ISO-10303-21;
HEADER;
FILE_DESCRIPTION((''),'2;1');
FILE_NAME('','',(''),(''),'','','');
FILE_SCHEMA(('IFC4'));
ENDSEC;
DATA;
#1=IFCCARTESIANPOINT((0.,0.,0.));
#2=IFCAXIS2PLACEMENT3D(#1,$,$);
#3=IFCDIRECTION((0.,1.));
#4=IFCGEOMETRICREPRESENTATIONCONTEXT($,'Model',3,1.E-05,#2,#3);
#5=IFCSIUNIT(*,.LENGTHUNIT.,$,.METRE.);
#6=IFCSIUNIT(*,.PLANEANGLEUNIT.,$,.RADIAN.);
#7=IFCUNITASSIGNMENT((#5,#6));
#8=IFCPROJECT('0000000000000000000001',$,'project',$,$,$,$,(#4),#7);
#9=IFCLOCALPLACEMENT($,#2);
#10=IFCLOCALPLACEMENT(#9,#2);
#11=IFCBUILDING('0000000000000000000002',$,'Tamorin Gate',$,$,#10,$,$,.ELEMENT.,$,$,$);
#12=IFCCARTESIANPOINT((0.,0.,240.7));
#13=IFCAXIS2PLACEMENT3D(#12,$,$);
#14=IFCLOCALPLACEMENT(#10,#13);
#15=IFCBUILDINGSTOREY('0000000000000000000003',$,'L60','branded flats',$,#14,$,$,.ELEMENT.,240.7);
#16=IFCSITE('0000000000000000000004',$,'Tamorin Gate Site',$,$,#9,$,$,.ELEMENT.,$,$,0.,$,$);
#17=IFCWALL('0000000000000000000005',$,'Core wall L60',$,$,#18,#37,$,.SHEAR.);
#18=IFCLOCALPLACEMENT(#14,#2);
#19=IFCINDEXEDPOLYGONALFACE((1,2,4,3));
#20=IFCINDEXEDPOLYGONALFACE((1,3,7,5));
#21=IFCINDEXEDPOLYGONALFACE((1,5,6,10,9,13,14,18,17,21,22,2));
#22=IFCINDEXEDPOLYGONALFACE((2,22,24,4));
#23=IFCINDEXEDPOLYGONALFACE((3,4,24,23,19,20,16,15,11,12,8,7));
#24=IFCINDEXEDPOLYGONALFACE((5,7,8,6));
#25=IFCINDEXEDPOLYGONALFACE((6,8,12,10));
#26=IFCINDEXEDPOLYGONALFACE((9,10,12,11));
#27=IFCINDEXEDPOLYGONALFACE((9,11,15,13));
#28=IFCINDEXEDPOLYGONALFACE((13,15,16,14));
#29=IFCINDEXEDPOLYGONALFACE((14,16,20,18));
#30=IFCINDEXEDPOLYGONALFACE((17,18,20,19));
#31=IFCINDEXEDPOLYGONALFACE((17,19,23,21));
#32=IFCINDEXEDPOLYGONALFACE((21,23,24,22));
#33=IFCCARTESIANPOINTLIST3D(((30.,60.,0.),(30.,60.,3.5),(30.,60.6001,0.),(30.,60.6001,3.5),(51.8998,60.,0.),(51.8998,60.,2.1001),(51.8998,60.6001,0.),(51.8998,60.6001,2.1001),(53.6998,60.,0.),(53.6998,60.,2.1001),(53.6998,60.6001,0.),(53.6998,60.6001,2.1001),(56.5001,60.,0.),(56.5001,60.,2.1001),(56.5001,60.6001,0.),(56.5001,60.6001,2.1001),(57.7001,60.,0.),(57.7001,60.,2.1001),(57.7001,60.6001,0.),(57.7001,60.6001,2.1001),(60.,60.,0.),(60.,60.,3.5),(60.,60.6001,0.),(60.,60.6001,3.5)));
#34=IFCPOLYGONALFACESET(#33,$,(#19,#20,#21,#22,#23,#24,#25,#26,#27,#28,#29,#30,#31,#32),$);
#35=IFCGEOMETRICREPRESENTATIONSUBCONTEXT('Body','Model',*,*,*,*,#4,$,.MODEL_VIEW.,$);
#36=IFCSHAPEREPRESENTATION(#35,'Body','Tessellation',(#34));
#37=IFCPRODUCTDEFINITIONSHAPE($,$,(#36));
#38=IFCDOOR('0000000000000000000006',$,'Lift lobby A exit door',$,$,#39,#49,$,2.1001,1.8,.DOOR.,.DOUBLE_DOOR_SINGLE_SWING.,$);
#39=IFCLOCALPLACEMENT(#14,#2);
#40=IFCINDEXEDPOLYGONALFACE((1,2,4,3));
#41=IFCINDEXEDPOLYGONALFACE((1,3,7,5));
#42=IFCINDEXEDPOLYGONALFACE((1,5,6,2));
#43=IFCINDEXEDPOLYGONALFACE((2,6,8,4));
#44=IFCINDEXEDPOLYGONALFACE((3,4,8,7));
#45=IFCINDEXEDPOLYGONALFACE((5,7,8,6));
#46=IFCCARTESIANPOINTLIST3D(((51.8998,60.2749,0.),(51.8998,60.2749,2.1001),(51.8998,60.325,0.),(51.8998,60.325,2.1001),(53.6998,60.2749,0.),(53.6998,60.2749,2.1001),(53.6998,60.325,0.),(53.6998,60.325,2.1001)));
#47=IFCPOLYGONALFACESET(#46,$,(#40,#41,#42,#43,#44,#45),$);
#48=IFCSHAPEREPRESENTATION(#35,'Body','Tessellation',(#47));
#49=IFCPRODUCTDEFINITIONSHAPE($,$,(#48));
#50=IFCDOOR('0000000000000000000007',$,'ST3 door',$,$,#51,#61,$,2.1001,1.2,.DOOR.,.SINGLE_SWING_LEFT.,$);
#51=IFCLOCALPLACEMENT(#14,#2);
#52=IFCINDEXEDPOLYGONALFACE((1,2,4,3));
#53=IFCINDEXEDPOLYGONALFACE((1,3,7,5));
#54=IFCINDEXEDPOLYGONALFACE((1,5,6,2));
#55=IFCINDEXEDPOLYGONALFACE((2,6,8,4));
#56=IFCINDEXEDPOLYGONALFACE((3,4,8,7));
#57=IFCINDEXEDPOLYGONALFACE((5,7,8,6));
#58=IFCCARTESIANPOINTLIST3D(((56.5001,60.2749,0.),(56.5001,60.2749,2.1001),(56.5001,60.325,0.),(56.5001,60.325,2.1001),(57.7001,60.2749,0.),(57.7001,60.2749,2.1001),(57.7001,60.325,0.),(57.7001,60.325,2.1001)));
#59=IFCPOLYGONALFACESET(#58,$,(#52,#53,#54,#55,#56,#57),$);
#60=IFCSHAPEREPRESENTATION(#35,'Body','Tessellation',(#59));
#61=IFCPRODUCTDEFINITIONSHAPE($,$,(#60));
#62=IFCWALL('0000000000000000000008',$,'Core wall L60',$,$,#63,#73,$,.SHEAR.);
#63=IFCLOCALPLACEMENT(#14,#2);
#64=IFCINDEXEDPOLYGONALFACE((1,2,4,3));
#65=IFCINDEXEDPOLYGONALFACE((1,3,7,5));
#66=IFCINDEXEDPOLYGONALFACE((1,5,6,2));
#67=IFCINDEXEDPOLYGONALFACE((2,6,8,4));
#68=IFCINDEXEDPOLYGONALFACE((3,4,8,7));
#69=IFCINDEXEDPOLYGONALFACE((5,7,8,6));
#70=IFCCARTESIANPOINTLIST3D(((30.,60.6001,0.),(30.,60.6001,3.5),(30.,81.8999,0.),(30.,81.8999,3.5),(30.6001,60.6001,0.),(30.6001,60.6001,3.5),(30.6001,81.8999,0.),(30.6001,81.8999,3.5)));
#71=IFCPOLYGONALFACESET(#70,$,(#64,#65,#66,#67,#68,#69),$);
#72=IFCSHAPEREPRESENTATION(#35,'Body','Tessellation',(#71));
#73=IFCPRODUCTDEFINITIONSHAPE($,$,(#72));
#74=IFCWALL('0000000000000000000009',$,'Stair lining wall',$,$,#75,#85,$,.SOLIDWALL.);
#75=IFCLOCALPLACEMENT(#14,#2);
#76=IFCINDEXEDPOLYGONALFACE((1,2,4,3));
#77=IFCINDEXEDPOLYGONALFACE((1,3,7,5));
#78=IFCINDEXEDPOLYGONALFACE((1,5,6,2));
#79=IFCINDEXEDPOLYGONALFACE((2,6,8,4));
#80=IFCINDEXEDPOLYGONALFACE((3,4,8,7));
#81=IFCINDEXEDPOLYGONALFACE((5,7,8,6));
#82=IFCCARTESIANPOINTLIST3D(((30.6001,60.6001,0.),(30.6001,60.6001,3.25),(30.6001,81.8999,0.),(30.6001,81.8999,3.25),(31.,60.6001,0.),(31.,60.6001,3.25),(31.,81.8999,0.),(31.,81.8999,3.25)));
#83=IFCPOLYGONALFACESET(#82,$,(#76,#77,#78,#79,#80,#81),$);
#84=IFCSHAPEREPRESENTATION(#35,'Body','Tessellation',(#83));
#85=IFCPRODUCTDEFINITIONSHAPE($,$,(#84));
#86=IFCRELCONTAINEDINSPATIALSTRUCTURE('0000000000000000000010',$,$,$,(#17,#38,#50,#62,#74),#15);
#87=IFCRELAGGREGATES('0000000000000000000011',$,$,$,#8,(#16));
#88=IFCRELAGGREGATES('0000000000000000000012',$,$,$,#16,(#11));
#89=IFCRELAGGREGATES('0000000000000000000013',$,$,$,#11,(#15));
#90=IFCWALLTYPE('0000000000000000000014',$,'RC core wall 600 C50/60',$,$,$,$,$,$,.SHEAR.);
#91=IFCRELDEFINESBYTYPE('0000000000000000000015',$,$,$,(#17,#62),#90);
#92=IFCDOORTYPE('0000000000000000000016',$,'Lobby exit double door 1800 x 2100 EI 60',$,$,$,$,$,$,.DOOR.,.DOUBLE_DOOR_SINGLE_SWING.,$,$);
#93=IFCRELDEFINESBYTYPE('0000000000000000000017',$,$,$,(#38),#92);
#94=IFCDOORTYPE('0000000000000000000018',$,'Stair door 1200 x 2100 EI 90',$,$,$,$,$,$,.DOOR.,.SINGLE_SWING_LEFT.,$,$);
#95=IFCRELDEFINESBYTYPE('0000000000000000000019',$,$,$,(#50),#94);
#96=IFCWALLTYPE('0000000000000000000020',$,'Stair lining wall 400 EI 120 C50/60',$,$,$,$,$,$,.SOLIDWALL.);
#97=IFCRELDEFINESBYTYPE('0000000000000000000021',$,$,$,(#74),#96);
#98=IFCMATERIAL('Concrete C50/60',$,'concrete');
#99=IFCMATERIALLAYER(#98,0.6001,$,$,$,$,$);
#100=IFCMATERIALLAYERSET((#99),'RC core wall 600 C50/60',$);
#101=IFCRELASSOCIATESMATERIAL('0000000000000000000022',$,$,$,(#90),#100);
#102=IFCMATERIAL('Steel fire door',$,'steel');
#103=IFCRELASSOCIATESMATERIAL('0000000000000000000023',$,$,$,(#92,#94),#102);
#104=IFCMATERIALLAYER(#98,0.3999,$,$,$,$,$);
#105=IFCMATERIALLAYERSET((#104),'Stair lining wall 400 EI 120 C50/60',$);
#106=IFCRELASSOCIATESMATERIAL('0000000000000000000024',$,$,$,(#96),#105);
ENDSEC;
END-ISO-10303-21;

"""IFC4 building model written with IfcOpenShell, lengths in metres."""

from ifc_helpers import new_model, si_unit, direction, frame, frame_2d, origin, place, context, subcontext, project, spatial, rectangle, extrude, material, layer, layer_set, type_object, element, fill, save


model = new_model("IFC4")

# Units and contexts
model_context = context("Model", 3, precision=1e-05, world=origin(), true_north=direction((0.0, 1.0)))
body_context = subcontext(model_context, "Body", "Model", "MODEL_VIEW")
ifc_project = project(units=[si_unit("LENGTHUNIT", "METRE"), si_unit("PLANEANGLEUNIT", "RADIAN")], contexts=[model_context])

# Site, building, storey
site_placement = place(None, origin())
site = spatial("IfcSite", under=ifc_project, at=site_placement, Name="Tamorin Gate Site", CompositionType="ELEMENT", RefElevation=0.0)
building_placement = place(site_placement, origin())
building = spatial("IfcBuilding", under=site, at=building_placement, Name="Tamorin Gate", CompositionType="ELEMENT")
storey_placement = place(building_placement, frame((0.0, 0.0, 240.7)))
storey = spatial("IfcBuildingStorey", under=building, at=storey_placement, Name="L60", Description="branded flats", CompositionType="ELEMENT", Elevation=240.7)

# Shared definitions
ifc_material_1 = material(Name="Concrete C50/60", Category="concrete")

# Wall, openings, doors
ifc_layer_1 = layer(ifc_material_1, 0.6001)
ifc_layer_set_1 = layer_set([ifc_layer_1], Name="RC core wall 600 C50/60")
wall_type_1 = type_object("IfcWallType", Name="RC core wall 600 C50/60", PredefinedType="SHEAR", material=ifc_layer_set_1)
wall_1_placement = place(storey_placement, frame((30.0, 60.3, 0.0), z_axis=(0.0, 0.0, 1.0), x_axis=(1.0, 0.0, 0.0)))
wall_1 = element("IfcWall", 1, at=wall_1_placement, inside=storey, type_object=wall_type_1, Name="Core wall L60", PredefinedType="SHEAR", context=body_context, shape_type="SweptSolid", body=[
    extrude(rectangle(XDim=30.0, YDim=0.6001, at=frame_2d((15.0, 0.0))), origin(), (0.0, 0.0, 1.0), 3.5),
])
opening_1_placement = place(wall_1_placement, frame((21.8999, 0.0, 0.0)))
opening_1 = element("IfcOpeningElement", 2, at=opening_1_placement, cuts=wall_1, PredefinedType="OPENING", context=body_context, shape_type="SweptSolid", body=[
    extrude(rectangle(XDim=1.8, YDim=2.1001, at=frame_2d((0.8999, 1.05))), frame((0.0, 0.3101, 0.0), z_axis=(0.0, -1.0, 0.0), x_axis=(1.0, 0.0, 0.0)), (0.0, 0.0, 1.0), 0.6201),
])
opening_2_placement = place(wall_1_placement, frame((26.5, 0.0, 0.0)))
opening_2 = element("IfcOpeningElement", 3, at=opening_2_placement, cuts=wall_1, PredefinedType="OPENING", context=body_context, shape_type="SweptSolid", body=[
    extrude(rectangle(XDim=1.2, YDim=2.1001, at=frame_2d((0.6001, 1.05))), frame((0.0, 0.3101, 0.0), z_axis=(0.0, -1.0, 0.0), x_axis=(1.0, 0.0, 0.0)), (0.0, 0.0, 1.0), 0.6201),
])
ifc_material_2 = material(Name="Steel fire door", Category="steel")
door_type_1 = type_object("IfcDoorType", Name="Lobby exit double door 1800 x 2100 EI 60", OperationType="DOUBLE_DOOR_SINGLE_SWING", PredefinedType="DOOR", material=ifc_material_2)
door_1_placement = place(opening_1_placement, origin())
door_1 = element("IfcDoor", 4, at=door_1_placement, inside=storey, type_object=door_type_1, Name="Lift lobby A exit door", OperationType="DOUBLE_DOOR_SINGLE_SWING", OverallHeight=2.1001, OverallWidth=1.8, PredefinedType="DOOR", context=body_context, shape_type="SweptSolid", body=[
    extrude(rectangle(XDim=1.8, YDim=2.1001, at=frame_2d((0.8999, 1.05))), frame((0.0, 0.0249, 0.0), z_axis=(0.0, -1.0, 0.0), x_axis=(1.0, 0.0, 0.0)), (0.0, 0.0, 1.0), 0.05),
])
fill(opening_1, door_1)
door_type_2 = type_object("IfcDoorType", Name="Stair door 1200 x 2100 EI 90", OperationType="SINGLE_SWING_LEFT", PredefinedType="DOOR", material=ifc_material_2)
door_2_placement = place(opening_2_placement, origin())
door_2 = element("IfcDoor", 5, at=door_2_placement, inside=storey, type_object=door_type_2, Name="ST3 door", OperationType="SINGLE_SWING_LEFT", OverallHeight=2.1001, OverallWidth=1.2, PredefinedType="DOOR", context=body_context, shape_type="SweptSolid", body=[
    extrude(rectangle(XDim=1.2, YDim=2.1001, at=frame_2d((0.6001, 1.05))), frame((0.0, 0.0249, 0.0), z_axis=(0.0, -1.0, 0.0), x_axis=(1.0, 0.0, 0.0)), (0.0, 0.0, 1.0), 0.05),
])
fill(opening_2, door_2)

# Walls
wall_2_placement = place(storey_placement, frame((30.3, 60.6001, 0.0), z_axis=(0.0, 0.0, 1.0), x_axis=(0.0, 1.0, 0.0)))
element("IfcWall", 6, at=wall_2_placement, inside=storey, type_object=wall_type_1, Name="Core wall L60", PredefinedType="SHEAR", context=body_context, shape_type="SweptSolid", body=[
    extrude(rectangle(XDim=21.2998, YDim=0.6001, at=frame_2d((10.6499, 0.0))), origin(), (0.0, 0.0, 1.0), 3.5),
])
ifc_layer_2 = layer(ifc_material_1, 0.3999)
ifc_layer_set_2 = layer_set([ifc_layer_2], Name="Stair lining wall 400 EI 120 C50/60")
wall_type_2 = type_object("IfcWallType", Name="Stair lining wall 400 EI 120 C50/60", PredefinedType="SOLIDWALL", material=ifc_layer_set_2)
wall_3_placement = place(storey_placement, frame((30.8, 60.6001, 0.0), z_axis=(0.0, 0.0, 1.0), x_axis=(0.0, 1.0, 0.0)))
element("IfcWall", 7, at=wall_3_placement, inside=storey, type_object=wall_type_2, Name="Stair lining wall", PredefinedType="SOLIDWALL", context=body_context, shape_type="SweptSolid", body=[
    extrude(rectangle(XDim=21.2998, YDim=0.3999, at=frame_2d((10.6499, 0.0))), origin(), (0.0, 0.0, 1.0), 3.25),
])

save(model, "model.ifc")
